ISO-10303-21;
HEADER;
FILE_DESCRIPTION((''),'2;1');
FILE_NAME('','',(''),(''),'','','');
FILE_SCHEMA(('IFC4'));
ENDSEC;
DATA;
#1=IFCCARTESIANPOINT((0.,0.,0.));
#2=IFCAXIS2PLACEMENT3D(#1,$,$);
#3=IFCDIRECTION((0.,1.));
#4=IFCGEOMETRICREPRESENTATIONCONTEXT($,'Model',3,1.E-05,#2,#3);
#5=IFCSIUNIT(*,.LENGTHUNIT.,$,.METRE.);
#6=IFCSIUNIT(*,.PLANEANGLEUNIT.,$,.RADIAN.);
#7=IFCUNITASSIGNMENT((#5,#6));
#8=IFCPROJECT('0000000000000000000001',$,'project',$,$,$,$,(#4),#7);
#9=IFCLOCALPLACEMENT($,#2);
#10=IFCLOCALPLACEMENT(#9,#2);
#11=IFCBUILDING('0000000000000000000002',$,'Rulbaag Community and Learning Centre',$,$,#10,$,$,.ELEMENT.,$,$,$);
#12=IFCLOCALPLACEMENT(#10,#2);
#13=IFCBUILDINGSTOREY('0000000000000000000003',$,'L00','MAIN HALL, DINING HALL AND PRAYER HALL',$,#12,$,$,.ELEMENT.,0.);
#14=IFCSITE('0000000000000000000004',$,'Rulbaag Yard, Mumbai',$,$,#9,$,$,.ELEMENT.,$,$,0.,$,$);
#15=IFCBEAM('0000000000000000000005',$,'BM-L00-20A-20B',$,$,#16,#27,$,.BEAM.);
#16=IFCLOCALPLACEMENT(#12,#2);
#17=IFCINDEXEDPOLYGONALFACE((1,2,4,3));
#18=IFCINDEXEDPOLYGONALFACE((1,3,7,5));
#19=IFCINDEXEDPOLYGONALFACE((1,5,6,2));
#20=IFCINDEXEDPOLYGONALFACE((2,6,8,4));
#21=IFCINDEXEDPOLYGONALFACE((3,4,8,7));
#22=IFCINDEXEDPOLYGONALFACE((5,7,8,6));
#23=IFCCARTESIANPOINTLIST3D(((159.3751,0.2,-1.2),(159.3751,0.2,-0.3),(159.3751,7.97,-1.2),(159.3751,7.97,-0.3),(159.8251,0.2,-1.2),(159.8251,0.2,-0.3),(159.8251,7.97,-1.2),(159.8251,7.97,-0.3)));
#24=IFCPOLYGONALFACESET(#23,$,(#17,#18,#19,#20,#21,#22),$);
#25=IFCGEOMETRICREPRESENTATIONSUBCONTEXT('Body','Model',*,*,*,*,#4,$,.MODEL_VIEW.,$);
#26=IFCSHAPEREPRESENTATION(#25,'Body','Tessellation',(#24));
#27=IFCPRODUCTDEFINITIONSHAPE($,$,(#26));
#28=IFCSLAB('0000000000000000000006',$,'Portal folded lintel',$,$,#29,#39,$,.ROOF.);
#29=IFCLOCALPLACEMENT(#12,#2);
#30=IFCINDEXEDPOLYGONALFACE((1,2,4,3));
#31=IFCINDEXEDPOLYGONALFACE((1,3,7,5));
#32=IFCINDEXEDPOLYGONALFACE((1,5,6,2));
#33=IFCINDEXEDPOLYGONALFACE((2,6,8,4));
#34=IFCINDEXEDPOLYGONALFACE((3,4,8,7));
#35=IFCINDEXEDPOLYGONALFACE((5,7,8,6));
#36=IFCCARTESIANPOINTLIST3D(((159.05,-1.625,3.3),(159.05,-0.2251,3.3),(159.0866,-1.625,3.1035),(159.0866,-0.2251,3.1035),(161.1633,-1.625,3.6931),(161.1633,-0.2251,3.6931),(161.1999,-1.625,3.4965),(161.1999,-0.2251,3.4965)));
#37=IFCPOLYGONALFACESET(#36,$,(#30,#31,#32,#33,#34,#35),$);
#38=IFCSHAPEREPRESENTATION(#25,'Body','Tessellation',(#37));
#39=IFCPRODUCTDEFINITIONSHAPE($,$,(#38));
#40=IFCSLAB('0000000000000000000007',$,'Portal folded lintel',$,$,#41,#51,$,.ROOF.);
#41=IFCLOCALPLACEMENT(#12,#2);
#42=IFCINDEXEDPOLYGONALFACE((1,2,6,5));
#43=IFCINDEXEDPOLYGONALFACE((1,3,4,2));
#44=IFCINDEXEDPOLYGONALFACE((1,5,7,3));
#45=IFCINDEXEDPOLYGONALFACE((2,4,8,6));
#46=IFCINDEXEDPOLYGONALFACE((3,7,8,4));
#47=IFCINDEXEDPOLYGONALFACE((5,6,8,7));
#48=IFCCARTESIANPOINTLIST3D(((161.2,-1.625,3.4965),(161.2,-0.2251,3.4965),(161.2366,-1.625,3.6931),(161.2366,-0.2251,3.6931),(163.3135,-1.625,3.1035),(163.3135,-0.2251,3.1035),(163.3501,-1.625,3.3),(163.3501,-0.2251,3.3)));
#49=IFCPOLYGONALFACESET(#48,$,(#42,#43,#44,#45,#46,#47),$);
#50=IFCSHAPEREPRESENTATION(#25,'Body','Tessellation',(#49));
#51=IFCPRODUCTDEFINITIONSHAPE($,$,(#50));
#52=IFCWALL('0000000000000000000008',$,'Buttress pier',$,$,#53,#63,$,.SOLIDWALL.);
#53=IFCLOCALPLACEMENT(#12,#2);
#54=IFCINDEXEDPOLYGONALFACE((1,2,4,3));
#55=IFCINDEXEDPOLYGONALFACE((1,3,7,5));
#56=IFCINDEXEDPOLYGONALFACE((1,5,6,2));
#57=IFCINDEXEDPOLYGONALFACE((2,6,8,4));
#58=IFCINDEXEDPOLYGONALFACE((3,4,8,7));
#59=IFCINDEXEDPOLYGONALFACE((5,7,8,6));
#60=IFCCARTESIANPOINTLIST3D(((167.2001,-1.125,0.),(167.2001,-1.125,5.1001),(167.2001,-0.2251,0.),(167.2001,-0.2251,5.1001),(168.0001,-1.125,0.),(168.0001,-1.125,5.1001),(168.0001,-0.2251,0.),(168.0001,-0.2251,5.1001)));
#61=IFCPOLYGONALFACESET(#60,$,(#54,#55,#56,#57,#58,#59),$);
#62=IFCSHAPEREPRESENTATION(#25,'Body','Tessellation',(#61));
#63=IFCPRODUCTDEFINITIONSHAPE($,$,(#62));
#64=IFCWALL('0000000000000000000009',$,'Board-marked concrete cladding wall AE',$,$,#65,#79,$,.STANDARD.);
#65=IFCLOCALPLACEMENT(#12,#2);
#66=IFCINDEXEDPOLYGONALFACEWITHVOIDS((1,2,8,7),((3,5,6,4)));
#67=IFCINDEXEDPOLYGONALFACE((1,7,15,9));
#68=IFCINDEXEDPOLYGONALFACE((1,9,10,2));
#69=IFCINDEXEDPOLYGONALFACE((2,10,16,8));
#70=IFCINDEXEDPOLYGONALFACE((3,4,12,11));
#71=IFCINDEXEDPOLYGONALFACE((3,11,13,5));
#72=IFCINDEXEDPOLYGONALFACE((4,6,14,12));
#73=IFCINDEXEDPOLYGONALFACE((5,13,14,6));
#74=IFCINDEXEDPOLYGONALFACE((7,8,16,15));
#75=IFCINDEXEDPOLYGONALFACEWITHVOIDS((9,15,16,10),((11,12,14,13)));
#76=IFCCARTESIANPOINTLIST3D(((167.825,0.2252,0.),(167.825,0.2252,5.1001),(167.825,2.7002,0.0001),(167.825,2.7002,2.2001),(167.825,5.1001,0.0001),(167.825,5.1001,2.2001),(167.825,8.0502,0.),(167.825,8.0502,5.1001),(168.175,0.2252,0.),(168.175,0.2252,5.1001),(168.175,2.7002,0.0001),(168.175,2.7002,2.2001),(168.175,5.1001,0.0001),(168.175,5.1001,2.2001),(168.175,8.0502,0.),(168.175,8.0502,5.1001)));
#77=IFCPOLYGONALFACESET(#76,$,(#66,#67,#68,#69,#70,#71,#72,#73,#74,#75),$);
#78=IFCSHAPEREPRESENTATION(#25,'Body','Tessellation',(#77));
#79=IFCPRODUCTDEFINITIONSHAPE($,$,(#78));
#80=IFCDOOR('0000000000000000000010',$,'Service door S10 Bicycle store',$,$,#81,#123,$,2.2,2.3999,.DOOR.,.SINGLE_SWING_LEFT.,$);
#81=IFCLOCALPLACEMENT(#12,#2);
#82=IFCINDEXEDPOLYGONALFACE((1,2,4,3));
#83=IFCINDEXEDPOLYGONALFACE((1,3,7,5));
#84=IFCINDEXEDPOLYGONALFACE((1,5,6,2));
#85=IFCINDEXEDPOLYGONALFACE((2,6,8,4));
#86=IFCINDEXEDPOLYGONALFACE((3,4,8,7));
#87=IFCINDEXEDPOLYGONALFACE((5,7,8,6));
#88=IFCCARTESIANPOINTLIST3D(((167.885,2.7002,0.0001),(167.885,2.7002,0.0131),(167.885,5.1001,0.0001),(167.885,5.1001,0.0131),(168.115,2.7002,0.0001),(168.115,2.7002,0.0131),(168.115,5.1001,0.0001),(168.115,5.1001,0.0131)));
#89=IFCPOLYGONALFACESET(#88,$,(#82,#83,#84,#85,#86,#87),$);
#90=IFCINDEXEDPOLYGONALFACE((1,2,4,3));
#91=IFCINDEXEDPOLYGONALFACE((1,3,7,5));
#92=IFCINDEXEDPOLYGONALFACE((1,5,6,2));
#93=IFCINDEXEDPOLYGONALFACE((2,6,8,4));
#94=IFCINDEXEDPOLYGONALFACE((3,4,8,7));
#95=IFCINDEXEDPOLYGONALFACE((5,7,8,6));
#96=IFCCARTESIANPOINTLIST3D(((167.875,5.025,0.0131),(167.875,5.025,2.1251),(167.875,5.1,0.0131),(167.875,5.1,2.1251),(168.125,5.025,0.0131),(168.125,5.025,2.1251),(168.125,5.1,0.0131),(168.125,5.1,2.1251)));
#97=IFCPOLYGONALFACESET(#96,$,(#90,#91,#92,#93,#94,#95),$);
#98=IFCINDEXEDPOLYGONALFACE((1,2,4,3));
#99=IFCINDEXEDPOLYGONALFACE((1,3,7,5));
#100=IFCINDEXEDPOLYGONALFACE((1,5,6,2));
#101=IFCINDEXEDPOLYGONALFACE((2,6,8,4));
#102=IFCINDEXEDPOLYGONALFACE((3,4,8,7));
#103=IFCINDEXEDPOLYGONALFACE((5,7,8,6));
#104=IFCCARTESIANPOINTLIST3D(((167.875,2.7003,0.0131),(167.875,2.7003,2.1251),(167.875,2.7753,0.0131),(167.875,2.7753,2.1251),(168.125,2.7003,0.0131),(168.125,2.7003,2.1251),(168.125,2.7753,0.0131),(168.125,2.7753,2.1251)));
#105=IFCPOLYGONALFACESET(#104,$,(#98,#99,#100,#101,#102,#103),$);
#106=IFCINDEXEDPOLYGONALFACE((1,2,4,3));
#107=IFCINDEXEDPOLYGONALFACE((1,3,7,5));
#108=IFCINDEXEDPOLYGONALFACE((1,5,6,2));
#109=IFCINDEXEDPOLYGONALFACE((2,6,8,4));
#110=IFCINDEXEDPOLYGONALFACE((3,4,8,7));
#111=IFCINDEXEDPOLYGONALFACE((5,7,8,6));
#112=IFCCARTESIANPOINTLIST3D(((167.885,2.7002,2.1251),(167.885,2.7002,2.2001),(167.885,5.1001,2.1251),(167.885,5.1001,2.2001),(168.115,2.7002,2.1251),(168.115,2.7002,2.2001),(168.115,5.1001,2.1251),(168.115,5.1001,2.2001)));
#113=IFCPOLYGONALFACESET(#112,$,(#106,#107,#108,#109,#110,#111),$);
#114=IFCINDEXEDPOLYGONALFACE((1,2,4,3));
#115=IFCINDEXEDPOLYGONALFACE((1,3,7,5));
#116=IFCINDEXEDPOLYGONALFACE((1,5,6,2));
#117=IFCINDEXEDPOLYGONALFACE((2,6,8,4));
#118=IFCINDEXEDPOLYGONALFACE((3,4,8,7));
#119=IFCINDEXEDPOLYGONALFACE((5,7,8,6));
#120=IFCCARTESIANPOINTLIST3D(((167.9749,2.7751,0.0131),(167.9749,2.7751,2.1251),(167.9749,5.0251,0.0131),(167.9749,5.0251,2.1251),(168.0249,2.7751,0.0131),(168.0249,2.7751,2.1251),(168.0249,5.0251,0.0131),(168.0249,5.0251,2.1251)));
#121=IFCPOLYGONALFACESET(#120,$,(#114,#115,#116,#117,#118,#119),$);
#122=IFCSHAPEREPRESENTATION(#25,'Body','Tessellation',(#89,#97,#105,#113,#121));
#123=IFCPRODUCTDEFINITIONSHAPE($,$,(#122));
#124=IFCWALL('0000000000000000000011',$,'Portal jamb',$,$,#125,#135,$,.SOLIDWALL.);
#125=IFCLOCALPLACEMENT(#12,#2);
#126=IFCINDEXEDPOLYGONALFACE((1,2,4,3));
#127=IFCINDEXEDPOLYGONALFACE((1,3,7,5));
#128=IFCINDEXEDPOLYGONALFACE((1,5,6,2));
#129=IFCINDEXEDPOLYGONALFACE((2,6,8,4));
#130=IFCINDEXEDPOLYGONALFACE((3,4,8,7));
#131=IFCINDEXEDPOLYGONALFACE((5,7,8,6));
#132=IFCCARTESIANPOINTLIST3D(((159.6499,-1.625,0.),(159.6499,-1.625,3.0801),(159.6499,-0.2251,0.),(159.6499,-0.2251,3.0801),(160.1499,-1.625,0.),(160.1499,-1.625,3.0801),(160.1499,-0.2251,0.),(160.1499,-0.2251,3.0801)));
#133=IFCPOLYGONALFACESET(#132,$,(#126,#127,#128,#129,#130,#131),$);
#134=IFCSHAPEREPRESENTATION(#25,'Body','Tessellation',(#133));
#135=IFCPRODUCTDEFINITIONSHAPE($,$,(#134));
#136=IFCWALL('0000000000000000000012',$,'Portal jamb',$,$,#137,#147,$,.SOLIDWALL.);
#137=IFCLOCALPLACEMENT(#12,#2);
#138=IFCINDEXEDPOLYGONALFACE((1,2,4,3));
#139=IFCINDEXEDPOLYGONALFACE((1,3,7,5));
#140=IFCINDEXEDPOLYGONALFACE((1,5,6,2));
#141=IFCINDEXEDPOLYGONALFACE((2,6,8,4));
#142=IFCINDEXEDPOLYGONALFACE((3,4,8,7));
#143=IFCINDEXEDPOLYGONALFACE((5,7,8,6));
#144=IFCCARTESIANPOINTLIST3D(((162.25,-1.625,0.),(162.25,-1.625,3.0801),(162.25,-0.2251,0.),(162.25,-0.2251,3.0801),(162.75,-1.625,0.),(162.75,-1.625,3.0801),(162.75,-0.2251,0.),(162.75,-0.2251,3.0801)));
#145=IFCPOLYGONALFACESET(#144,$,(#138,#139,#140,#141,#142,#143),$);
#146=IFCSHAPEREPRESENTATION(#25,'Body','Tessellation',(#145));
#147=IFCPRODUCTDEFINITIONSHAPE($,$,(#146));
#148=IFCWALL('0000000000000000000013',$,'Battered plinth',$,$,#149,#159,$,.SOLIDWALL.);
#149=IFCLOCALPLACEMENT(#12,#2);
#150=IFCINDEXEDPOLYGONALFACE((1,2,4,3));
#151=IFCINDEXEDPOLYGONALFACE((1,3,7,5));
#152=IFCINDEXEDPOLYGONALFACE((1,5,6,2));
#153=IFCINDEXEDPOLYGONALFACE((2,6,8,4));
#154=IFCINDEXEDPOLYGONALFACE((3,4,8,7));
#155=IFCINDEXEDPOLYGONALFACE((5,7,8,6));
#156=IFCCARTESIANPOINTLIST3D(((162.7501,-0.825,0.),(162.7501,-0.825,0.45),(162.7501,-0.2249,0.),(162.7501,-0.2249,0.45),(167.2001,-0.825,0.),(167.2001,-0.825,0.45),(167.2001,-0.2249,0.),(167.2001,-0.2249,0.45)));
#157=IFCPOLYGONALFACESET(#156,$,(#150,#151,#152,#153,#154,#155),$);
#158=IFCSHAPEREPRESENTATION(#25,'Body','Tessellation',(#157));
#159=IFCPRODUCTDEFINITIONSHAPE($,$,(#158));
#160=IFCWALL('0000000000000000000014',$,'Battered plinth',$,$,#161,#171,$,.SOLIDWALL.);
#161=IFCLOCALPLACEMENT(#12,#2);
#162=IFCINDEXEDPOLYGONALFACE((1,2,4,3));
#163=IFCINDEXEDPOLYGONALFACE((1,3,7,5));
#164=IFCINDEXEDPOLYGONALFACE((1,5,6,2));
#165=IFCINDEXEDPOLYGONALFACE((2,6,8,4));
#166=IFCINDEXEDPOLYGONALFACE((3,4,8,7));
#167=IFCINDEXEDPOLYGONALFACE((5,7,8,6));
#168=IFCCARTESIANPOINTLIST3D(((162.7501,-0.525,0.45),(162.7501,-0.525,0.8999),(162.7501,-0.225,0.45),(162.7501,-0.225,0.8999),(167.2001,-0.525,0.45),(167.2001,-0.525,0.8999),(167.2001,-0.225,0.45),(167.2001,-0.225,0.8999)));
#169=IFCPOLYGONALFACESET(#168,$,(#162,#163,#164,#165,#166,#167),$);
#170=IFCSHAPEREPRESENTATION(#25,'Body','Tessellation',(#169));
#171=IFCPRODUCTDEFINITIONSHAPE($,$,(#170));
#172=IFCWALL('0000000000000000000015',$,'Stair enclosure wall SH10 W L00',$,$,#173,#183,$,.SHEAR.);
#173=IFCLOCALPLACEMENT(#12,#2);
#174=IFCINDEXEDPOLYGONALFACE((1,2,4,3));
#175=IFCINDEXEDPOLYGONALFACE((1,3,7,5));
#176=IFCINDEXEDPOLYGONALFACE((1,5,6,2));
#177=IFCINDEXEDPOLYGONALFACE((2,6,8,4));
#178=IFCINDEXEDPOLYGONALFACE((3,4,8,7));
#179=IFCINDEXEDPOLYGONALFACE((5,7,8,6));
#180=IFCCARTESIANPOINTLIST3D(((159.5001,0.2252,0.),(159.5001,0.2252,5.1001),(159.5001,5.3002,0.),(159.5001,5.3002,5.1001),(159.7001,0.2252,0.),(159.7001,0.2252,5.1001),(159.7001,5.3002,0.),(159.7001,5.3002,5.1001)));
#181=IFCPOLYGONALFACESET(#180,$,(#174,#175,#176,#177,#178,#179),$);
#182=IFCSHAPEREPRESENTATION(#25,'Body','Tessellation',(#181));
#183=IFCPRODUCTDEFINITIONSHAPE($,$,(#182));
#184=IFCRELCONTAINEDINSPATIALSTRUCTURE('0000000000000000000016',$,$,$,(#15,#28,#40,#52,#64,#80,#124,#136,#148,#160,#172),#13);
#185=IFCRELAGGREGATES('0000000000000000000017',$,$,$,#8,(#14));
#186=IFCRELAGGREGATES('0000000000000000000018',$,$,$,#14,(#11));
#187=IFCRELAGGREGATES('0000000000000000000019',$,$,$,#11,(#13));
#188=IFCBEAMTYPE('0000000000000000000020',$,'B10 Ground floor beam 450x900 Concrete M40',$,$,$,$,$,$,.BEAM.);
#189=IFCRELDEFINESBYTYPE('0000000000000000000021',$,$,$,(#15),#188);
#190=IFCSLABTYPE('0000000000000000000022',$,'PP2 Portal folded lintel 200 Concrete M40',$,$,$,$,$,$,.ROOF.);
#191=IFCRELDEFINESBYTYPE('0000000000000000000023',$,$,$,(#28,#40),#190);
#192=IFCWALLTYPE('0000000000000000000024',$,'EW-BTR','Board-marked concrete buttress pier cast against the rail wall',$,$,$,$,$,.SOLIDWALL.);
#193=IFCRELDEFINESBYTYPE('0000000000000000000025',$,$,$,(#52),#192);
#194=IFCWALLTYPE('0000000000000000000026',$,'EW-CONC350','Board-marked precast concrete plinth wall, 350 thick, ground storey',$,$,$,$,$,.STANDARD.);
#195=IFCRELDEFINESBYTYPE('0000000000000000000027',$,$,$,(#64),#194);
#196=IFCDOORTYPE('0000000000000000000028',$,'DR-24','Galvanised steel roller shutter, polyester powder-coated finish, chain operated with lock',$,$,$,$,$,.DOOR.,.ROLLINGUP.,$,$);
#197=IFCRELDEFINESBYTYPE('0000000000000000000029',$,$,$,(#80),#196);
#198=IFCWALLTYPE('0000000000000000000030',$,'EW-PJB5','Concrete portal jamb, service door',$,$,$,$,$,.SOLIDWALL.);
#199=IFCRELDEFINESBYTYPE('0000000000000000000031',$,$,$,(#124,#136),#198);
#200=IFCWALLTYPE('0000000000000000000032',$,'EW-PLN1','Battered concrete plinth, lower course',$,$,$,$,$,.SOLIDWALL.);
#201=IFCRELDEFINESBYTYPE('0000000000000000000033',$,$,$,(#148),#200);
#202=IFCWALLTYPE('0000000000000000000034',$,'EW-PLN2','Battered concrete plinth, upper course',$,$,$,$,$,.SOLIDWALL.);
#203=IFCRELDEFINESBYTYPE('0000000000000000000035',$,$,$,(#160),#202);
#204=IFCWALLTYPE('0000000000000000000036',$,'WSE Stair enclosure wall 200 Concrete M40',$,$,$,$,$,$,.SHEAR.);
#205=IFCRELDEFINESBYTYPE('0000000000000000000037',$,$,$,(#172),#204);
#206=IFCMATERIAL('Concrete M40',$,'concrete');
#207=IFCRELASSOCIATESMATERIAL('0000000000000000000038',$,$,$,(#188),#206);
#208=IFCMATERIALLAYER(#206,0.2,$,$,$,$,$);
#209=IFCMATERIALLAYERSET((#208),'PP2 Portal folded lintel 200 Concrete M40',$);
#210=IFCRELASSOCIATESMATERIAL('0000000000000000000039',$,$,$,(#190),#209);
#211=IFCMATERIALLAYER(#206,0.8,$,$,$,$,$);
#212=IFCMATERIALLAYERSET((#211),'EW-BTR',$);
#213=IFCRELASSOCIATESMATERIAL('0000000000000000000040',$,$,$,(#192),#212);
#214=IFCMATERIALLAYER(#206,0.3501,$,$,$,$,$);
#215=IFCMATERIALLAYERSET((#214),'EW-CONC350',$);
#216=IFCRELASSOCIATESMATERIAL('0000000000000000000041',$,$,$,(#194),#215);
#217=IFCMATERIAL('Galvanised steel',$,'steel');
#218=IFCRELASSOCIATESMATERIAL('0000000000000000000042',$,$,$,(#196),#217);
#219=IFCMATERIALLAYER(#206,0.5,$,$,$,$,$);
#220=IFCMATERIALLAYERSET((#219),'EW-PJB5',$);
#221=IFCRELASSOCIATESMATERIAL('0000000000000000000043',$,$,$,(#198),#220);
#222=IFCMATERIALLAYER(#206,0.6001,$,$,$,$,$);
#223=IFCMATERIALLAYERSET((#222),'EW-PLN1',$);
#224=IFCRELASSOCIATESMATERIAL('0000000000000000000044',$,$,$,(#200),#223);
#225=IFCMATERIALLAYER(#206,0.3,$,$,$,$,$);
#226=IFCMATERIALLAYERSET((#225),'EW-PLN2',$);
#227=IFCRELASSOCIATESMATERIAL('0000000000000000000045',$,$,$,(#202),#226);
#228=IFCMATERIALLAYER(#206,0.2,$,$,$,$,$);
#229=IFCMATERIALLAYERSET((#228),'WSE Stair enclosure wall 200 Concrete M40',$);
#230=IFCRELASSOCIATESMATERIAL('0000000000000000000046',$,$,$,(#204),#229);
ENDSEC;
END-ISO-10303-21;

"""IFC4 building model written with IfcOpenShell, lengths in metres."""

from ifc_helpers import new_model, si_unit, direction, frame, frame_2d, origin, origin_2d, place, context, subcontext, project, spatial, polyline, rectangle, outline, extrude, material, layer, layer_set, material_profile, profile_set, type_object, element, fill, save


model = new_model("IFC4")

# Units and contexts
model_context = context("Model", 3, precision=1e-05, world=origin(), true_north=direction((0.0, 1.0)))
body_context = subcontext(model_context, "Body", "Model", "MODEL_VIEW")
ifc_project = project(units=[si_unit("LENGTHUNIT", "METRE"), si_unit("PLANEANGLEUNIT", "RADIAN")], contexts=[model_context])

# Site, building, storey
site_placement = place(None, origin())
site = spatial("IfcSite", under=ifc_project, at=site_placement, Name="Rulbaag Yard, Mumbai", CompositionType="ELEMENT", RefElevation=0.0)
building_placement = place(site_placement, origin())
building = spatial("IfcBuilding", under=site, at=building_placement, Name="Rulbaag Community and Learning Centre", CompositionType="ELEMENT")
storey_placement = place(building_placement, origin())
storey = spatial("IfcBuildingStorey", under=building, at=storey_placement, Name="L00", Description="MAIN HALL, DINING HALL AND PRAYER HALL", CompositionType="ELEMENT", Elevation=0.0)

# Beam
ifc_material_1 = material(Name="Concrete M40", Category="concrete")
ifc_material_profile = material_profile(ifc_material_1, rectangle(XDim=0.45, YDim=0.8999, at=origin_2d()), Name="RB450x900")
ifc_profile_set = profile_set([ifc_material_profile], Name="Concrete M40")
beam_type = type_object("IfcBeamType", Name="B10 Ground floor beam 450x900 Concrete M40", PredefinedType="BEAM", material=ifc_profile_set)
beam_placement = place(storey_placement, frame((159.6001, 0.2, -0.75), z_axis=(0.0, 1.0, 0.0), x_axis=(-1.0, 0.0, 0.0)))
element("IfcBeam", 1, at=beam_placement, inside=storey, type_object=beam_type, Name="BM-L00-20A-20B", PredefinedType="BEAM", context=body_context, shape_type="SweptSolid", body=[
    extrude(rectangle(XDim=0.45, YDim=0.8999, at=origin_2d()), origin(), (0.0, 0.0, 1.0), 7.77),
])

# Slabs
ifc_layer_1 = layer(ifc_material_1, 0.2)
ifc_layer_set_1 = layer_set([ifc_layer_1], Name="PP2 Portal folded lintel 200 Concrete M40")
slab_type = type_object("IfcSlabType", Name="PP2 Portal folded lintel 200 Concrete M40", PredefinedType="ROOF", material=ifc_layer_set_1)
slab_1_placement = place(storey_placement, frame((159.05, -0.2251, 3.3), z_axis=(-0.182862, 0.0, 0.983139), x_axis=(0.983139, 0.0, 0.182862)))
element("IfcSlab", 2, at=slab_1_placement, inside=storey, type_object=slab_type, Name="Portal folded lintel", PredefinedType="ROOF", context=body_context, shape_type="SweptSolid", body=[
    extrude(outline(polyline([(0.0, 0.0), (2.1495, 0.0), (2.1495, -1.3999), (0.0, -1.3999), (0.0, 0.0)])), origin(), (0.0, 0.0, -1.0), 0.2),
])
slab_2_placement = place(storey_placement, frame((161.2366, -0.2251, 3.6931), z_axis=(0.182842, 0.0, 0.983142), x_axis=(0.983142, 0.0, -0.182842)))
element("IfcSlab", 3, at=slab_2_placement, inside=storey, type_object=slab_type, Name="Portal folded lintel", PredefinedType="ROOF", context=body_context, shape_type="SweptSolid", body=[
    extrude(outline(polyline([(0.0, 0.0), (2.1498, 0.0), (2.1498, -1.3999), (0.0, -1.3999), (0.0, 0.0)])), origin(), (0.0, 0.0, -1.0), 0.2),
])

# Wall
ifc_layer_2 = layer(ifc_material_1, 0.8)
ifc_layer_set_2 = layer_set([ifc_layer_2], Name="EW-BTR")
wall_type_1 = type_object("IfcWallType", Name="EW-BTR", Description="Board-marked concrete buttress pier cast against the rail wall", PredefinedType="SOLIDWALL", material=ifc_layer_set_2)
wall_1_placement = place(storey_placement, frame((167.6001, -0.2251, 0.0), z_axis=(0.0, 0.0, 1.0), x_axis=(0.0, -1.0, 0.0)))
element("IfcWall", 4, at=wall_1_placement, inside=storey, type_object=wall_type_1, Name="Buttress pier", PredefinedType="SOLIDWALL", context=body_context, shape_type="SweptSolid", body=[
    extrude(rectangle(XDim=0.8999, YDim=0.8, at=frame_2d((0.45, 0.0))), origin(), (0.0, 0.0, 1.0), 5.1001),
])

# Wall, opening, door
ifc_layer_3 = layer(ifc_material_1, 0.3501)
ifc_layer_set_3 = layer_set([ifc_layer_3], Name="EW-CONC350")
wall_type_2 = type_object("IfcWallType", Name="EW-CONC350", Description="Board-marked precast concrete plinth wall, 350 thick, ground storey", PredefinedType="STANDARD", material=ifc_layer_set_3)
wall_2_placement = place(storey_placement, frame((168.0, 0.2251, 0.0), z_axis=(0.0, 0.0, 1.0), x_axis=(0.0, 1.0, 0.0)))
wall_2 = element("IfcWall", 5, at=wall_2_placement, inside=storey, type_object=wall_type_2, Name="Board-marked concrete cladding wall AE", PredefinedType="STANDARD", context=body_context, shape_type="SweptSolid", body=[
    extrude(rectangle(XDim=7.825, YDim=0.3501, at=frame_2d((3.9126, 0.0))), origin(), (0.0, 0.0, 1.0), 5.1001),
])
opening_placement = place(wall_2_placement, frame((4.875, 0.0, 0.0), z_axis=(0.0, 0.0, 1.0), x_axis=(-1.0, 0.0, 0.0)))
opening = element("IfcOpeningElement", 6, at=opening_placement, cuts=wall_2, PredefinedType="OPENING", context=body_context, shape_type="SweptSolid", body=[
    extrude(rectangle(XDim=2.3999, YDim=2.2, at=frame_2d((1.2, 1.1001))), frame((0.0, 0.1851, 0.0), z_axis=(0.0, -1.0, 0.0), x_axis=(1.0, 0.0, 0.0)), (0.0, 0.0, 1.0), 0.3701),
])
ifc_material_2 = material(Name="Galvanised steel", Category="steel")
door_type = type_object("IfcDoorType", Name="DR-24", Description="Galvanised steel roller shutter, polyester powder-coated finish, chain operated with lock", OperationType="ROLLINGUP", PredefinedType="DOOR", material=ifc_material_2)
door_placement = place(opening_placement, origin())
door = element("IfcDoor", 7, at=door_placement, inside=storey, type_object=door_type, Name="Service door S10 Bicycle store", OperationType="SINGLE_SWING_LEFT", OverallHeight=2.2, OverallWidth=2.3999, PredefinedType="DOOR", context=body_context, shape_type="SweptSolid", body=[
    extrude(rectangle(XDim=2.3999, YDim=0.0129, at=frame_2d((1.2, 0.0066))), frame((0.0, 0.115, 0.0), z_axis=(0.0, -1.0, 0.0), x_axis=(1.0, 0.0, 0.0)), (0.0, 0.0, 1.0), 0.23),
    extrude(rectangle(XDim=0.075, YDim=2.1121, at=frame_2d((0.0376, 1.0691))), frame((0.0, 0.125, 0.0), z_axis=(0.0, -1.0, 0.0), x_axis=(1.0, 0.0, 0.0)), (0.0, 0.0, 1.0), 0.25),
    extrude(rectangle(XDim=0.075, YDim=2.1121, at=frame_2d((2.3623, 1.0691))), frame((0.0, 0.125, 0.0), z_axis=(0.0, -1.0, 0.0), x_axis=(1.0, 0.0, 0.0)), (0.0, 0.0, 1.0), 0.25),
    extrude(rectangle(XDim=2.3999, YDim=0.075, at=frame_2d((1.2, 2.1626))), frame((0.0, 0.115, 0.0), z_axis=(0.0, -1.0, 0.0), x_axis=(1.0, 0.0, 0.0)), (0.0, 0.0, 1.0), 0.23),
    extrude(rectangle(XDim=2.25, YDim=2.1121, at=frame_2d((1.2, 1.0691))), frame((0.0, 0.0249, 0.0), z_axis=(0.0, -1.0, 0.0), x_axis=(1.0, 0.0, 0.0)), (0.0, 0.0, 1.0), 0.05),
])
fill(opening, door)

# Walls
ifc_layer_4 = layer(ifc_material_1, 0.5)
ifc_layer_set_4 = layer_set([ifc_layer_4], Name="EW-PJB5")
wall_type_3 = type_object("IfcWallType", Name="EW-PJB5", Description="Concrete portal jamb, service door", PredefinedType="SOLIDWALL", material=ifc_layer_set_4)
for number, where, z_axis, x_axis, name in (
    (8, (159.8999, -0.2251, 0.0), (0.0, 0.0, 1.0), (0.0, -1.0, 0.0), "Portal jamb"),
    (9, (162.5, -0.2251, 0.0), (0.0, 0.0, 1.0), (0.0, -1.0, 0.0), "Portal jamb"),
):
    element("IfcWall", number, at=place(storey_placement, frame(where, z_axis=z_axis, x_axis=x_axis)), inside=storey, type_object=wall_type_3, Name=name, PredefinedType="SOLIDWALL", context=body_context, shape_type="SweptSolid", body=[
        extrude(rectangle(XDim=1.3999, YDim=0.5, at=frame_2d((0.7, 0.0))), origin(), (0.0, 0.0, 1.0), 3.0801),
    ])
ifc_layer_5 = layer(ifc_material_1, 0.6001)
ifc_layer_set_5 = layer_set([ifc_layer_5], Name="EW-PLN1")
wall_type_4 = type_object("IfcWallType", Name="EW-PLN1", Description="Battered concrete plinth, lower course", PredefinedType="SOLIDWALL", material=ifc_layer_set_5)
wall_3_placement = place(storey_placement, frame((162.75, -0.5249, 0.0), z_axis=(0.0, 0.0, 1.0), x_axis=(1.0, 0.0, 0.0)))
element("IfcWall", 10, at=wall_3_placement, inside=storey, type_object=wall_type_4, Name="Battered plinth", PredefinedType="SOLIDWALL", context=body_context, shape_type="SweptSolid", body=[
    extrude(rectangle(XDim=4.45, YDim=0.6001, at=frame_2d((2.2251, 0.0))), origin(), (0.0, 0.0, 1.0), 0.45),
])
ifc_layer_6 = layer(ifc_material_1, 0.3)
ifc_layer_set_6 = layer_set([ifc_layer_6], Name="EW-PLN2")
wall_type_5 = type_object("IfcWallType", Name="EW-PLN2", Description="Battered concrete plinth, upper course", PredefinedType="SOLIDWALL", material=ifc_layer_set_6)
wall_4_placement = place(storey_placement, frame((162.75, -0.375, 0.45), z_axis=(0.0, 0.0, 1.0), x_axis=(1.0, 0.0, 0.0)))
element("IfcWall", 11, at=wall_4_placement, inside=storey, type_object=wall_type_5, Name="Battered plinth", PredefinedType="SOLIDWALL", context=body_context, shape_type="SweptSolid", body=[
    extrude(rectangle(XDim=4.45, YDim=0.3, at=frame_2d((2.2251, 0.0))), origin(), (0.0, 0.0, 1.0), 0.45),
])
ifc_layer_7 = layer(ifc_material_1, 0.2)
ifc_layer_set_7 = layer_set([ifc_layer_7], Name="WSE Stair enclosure wall 200 Concrete M40")
wall_type_6 = type_object("IfcWallType", Name="WSE Stair enclosure wall 200 Concrete M40", PredefinedType="SHEAR", material=ifc_layer_set_7)
wall_5_placement = place(storey_placement, frame((159.6001, 0.2251, 0.0), z_axis=(0.0, 0.0, 1.0), x_axis=(0.0, 1.0, 0.0)))
element("IfcWall", 12, at=wall_5_placement, inside=storey, type_object=wall_type_6, Name="Stair enclosure wall SH10 W L00", PredefinedType="SHEAR", context=body_context, shape_type="SweptSolid", body=[
    extrude(rectangle(XDim=5.075, YDim=0.2, at=frame_2d((2.5376, 0.0))), origin(), (0.0, 0.0, 1.0), 5.1001),
])

save(model, "model.ifc")
